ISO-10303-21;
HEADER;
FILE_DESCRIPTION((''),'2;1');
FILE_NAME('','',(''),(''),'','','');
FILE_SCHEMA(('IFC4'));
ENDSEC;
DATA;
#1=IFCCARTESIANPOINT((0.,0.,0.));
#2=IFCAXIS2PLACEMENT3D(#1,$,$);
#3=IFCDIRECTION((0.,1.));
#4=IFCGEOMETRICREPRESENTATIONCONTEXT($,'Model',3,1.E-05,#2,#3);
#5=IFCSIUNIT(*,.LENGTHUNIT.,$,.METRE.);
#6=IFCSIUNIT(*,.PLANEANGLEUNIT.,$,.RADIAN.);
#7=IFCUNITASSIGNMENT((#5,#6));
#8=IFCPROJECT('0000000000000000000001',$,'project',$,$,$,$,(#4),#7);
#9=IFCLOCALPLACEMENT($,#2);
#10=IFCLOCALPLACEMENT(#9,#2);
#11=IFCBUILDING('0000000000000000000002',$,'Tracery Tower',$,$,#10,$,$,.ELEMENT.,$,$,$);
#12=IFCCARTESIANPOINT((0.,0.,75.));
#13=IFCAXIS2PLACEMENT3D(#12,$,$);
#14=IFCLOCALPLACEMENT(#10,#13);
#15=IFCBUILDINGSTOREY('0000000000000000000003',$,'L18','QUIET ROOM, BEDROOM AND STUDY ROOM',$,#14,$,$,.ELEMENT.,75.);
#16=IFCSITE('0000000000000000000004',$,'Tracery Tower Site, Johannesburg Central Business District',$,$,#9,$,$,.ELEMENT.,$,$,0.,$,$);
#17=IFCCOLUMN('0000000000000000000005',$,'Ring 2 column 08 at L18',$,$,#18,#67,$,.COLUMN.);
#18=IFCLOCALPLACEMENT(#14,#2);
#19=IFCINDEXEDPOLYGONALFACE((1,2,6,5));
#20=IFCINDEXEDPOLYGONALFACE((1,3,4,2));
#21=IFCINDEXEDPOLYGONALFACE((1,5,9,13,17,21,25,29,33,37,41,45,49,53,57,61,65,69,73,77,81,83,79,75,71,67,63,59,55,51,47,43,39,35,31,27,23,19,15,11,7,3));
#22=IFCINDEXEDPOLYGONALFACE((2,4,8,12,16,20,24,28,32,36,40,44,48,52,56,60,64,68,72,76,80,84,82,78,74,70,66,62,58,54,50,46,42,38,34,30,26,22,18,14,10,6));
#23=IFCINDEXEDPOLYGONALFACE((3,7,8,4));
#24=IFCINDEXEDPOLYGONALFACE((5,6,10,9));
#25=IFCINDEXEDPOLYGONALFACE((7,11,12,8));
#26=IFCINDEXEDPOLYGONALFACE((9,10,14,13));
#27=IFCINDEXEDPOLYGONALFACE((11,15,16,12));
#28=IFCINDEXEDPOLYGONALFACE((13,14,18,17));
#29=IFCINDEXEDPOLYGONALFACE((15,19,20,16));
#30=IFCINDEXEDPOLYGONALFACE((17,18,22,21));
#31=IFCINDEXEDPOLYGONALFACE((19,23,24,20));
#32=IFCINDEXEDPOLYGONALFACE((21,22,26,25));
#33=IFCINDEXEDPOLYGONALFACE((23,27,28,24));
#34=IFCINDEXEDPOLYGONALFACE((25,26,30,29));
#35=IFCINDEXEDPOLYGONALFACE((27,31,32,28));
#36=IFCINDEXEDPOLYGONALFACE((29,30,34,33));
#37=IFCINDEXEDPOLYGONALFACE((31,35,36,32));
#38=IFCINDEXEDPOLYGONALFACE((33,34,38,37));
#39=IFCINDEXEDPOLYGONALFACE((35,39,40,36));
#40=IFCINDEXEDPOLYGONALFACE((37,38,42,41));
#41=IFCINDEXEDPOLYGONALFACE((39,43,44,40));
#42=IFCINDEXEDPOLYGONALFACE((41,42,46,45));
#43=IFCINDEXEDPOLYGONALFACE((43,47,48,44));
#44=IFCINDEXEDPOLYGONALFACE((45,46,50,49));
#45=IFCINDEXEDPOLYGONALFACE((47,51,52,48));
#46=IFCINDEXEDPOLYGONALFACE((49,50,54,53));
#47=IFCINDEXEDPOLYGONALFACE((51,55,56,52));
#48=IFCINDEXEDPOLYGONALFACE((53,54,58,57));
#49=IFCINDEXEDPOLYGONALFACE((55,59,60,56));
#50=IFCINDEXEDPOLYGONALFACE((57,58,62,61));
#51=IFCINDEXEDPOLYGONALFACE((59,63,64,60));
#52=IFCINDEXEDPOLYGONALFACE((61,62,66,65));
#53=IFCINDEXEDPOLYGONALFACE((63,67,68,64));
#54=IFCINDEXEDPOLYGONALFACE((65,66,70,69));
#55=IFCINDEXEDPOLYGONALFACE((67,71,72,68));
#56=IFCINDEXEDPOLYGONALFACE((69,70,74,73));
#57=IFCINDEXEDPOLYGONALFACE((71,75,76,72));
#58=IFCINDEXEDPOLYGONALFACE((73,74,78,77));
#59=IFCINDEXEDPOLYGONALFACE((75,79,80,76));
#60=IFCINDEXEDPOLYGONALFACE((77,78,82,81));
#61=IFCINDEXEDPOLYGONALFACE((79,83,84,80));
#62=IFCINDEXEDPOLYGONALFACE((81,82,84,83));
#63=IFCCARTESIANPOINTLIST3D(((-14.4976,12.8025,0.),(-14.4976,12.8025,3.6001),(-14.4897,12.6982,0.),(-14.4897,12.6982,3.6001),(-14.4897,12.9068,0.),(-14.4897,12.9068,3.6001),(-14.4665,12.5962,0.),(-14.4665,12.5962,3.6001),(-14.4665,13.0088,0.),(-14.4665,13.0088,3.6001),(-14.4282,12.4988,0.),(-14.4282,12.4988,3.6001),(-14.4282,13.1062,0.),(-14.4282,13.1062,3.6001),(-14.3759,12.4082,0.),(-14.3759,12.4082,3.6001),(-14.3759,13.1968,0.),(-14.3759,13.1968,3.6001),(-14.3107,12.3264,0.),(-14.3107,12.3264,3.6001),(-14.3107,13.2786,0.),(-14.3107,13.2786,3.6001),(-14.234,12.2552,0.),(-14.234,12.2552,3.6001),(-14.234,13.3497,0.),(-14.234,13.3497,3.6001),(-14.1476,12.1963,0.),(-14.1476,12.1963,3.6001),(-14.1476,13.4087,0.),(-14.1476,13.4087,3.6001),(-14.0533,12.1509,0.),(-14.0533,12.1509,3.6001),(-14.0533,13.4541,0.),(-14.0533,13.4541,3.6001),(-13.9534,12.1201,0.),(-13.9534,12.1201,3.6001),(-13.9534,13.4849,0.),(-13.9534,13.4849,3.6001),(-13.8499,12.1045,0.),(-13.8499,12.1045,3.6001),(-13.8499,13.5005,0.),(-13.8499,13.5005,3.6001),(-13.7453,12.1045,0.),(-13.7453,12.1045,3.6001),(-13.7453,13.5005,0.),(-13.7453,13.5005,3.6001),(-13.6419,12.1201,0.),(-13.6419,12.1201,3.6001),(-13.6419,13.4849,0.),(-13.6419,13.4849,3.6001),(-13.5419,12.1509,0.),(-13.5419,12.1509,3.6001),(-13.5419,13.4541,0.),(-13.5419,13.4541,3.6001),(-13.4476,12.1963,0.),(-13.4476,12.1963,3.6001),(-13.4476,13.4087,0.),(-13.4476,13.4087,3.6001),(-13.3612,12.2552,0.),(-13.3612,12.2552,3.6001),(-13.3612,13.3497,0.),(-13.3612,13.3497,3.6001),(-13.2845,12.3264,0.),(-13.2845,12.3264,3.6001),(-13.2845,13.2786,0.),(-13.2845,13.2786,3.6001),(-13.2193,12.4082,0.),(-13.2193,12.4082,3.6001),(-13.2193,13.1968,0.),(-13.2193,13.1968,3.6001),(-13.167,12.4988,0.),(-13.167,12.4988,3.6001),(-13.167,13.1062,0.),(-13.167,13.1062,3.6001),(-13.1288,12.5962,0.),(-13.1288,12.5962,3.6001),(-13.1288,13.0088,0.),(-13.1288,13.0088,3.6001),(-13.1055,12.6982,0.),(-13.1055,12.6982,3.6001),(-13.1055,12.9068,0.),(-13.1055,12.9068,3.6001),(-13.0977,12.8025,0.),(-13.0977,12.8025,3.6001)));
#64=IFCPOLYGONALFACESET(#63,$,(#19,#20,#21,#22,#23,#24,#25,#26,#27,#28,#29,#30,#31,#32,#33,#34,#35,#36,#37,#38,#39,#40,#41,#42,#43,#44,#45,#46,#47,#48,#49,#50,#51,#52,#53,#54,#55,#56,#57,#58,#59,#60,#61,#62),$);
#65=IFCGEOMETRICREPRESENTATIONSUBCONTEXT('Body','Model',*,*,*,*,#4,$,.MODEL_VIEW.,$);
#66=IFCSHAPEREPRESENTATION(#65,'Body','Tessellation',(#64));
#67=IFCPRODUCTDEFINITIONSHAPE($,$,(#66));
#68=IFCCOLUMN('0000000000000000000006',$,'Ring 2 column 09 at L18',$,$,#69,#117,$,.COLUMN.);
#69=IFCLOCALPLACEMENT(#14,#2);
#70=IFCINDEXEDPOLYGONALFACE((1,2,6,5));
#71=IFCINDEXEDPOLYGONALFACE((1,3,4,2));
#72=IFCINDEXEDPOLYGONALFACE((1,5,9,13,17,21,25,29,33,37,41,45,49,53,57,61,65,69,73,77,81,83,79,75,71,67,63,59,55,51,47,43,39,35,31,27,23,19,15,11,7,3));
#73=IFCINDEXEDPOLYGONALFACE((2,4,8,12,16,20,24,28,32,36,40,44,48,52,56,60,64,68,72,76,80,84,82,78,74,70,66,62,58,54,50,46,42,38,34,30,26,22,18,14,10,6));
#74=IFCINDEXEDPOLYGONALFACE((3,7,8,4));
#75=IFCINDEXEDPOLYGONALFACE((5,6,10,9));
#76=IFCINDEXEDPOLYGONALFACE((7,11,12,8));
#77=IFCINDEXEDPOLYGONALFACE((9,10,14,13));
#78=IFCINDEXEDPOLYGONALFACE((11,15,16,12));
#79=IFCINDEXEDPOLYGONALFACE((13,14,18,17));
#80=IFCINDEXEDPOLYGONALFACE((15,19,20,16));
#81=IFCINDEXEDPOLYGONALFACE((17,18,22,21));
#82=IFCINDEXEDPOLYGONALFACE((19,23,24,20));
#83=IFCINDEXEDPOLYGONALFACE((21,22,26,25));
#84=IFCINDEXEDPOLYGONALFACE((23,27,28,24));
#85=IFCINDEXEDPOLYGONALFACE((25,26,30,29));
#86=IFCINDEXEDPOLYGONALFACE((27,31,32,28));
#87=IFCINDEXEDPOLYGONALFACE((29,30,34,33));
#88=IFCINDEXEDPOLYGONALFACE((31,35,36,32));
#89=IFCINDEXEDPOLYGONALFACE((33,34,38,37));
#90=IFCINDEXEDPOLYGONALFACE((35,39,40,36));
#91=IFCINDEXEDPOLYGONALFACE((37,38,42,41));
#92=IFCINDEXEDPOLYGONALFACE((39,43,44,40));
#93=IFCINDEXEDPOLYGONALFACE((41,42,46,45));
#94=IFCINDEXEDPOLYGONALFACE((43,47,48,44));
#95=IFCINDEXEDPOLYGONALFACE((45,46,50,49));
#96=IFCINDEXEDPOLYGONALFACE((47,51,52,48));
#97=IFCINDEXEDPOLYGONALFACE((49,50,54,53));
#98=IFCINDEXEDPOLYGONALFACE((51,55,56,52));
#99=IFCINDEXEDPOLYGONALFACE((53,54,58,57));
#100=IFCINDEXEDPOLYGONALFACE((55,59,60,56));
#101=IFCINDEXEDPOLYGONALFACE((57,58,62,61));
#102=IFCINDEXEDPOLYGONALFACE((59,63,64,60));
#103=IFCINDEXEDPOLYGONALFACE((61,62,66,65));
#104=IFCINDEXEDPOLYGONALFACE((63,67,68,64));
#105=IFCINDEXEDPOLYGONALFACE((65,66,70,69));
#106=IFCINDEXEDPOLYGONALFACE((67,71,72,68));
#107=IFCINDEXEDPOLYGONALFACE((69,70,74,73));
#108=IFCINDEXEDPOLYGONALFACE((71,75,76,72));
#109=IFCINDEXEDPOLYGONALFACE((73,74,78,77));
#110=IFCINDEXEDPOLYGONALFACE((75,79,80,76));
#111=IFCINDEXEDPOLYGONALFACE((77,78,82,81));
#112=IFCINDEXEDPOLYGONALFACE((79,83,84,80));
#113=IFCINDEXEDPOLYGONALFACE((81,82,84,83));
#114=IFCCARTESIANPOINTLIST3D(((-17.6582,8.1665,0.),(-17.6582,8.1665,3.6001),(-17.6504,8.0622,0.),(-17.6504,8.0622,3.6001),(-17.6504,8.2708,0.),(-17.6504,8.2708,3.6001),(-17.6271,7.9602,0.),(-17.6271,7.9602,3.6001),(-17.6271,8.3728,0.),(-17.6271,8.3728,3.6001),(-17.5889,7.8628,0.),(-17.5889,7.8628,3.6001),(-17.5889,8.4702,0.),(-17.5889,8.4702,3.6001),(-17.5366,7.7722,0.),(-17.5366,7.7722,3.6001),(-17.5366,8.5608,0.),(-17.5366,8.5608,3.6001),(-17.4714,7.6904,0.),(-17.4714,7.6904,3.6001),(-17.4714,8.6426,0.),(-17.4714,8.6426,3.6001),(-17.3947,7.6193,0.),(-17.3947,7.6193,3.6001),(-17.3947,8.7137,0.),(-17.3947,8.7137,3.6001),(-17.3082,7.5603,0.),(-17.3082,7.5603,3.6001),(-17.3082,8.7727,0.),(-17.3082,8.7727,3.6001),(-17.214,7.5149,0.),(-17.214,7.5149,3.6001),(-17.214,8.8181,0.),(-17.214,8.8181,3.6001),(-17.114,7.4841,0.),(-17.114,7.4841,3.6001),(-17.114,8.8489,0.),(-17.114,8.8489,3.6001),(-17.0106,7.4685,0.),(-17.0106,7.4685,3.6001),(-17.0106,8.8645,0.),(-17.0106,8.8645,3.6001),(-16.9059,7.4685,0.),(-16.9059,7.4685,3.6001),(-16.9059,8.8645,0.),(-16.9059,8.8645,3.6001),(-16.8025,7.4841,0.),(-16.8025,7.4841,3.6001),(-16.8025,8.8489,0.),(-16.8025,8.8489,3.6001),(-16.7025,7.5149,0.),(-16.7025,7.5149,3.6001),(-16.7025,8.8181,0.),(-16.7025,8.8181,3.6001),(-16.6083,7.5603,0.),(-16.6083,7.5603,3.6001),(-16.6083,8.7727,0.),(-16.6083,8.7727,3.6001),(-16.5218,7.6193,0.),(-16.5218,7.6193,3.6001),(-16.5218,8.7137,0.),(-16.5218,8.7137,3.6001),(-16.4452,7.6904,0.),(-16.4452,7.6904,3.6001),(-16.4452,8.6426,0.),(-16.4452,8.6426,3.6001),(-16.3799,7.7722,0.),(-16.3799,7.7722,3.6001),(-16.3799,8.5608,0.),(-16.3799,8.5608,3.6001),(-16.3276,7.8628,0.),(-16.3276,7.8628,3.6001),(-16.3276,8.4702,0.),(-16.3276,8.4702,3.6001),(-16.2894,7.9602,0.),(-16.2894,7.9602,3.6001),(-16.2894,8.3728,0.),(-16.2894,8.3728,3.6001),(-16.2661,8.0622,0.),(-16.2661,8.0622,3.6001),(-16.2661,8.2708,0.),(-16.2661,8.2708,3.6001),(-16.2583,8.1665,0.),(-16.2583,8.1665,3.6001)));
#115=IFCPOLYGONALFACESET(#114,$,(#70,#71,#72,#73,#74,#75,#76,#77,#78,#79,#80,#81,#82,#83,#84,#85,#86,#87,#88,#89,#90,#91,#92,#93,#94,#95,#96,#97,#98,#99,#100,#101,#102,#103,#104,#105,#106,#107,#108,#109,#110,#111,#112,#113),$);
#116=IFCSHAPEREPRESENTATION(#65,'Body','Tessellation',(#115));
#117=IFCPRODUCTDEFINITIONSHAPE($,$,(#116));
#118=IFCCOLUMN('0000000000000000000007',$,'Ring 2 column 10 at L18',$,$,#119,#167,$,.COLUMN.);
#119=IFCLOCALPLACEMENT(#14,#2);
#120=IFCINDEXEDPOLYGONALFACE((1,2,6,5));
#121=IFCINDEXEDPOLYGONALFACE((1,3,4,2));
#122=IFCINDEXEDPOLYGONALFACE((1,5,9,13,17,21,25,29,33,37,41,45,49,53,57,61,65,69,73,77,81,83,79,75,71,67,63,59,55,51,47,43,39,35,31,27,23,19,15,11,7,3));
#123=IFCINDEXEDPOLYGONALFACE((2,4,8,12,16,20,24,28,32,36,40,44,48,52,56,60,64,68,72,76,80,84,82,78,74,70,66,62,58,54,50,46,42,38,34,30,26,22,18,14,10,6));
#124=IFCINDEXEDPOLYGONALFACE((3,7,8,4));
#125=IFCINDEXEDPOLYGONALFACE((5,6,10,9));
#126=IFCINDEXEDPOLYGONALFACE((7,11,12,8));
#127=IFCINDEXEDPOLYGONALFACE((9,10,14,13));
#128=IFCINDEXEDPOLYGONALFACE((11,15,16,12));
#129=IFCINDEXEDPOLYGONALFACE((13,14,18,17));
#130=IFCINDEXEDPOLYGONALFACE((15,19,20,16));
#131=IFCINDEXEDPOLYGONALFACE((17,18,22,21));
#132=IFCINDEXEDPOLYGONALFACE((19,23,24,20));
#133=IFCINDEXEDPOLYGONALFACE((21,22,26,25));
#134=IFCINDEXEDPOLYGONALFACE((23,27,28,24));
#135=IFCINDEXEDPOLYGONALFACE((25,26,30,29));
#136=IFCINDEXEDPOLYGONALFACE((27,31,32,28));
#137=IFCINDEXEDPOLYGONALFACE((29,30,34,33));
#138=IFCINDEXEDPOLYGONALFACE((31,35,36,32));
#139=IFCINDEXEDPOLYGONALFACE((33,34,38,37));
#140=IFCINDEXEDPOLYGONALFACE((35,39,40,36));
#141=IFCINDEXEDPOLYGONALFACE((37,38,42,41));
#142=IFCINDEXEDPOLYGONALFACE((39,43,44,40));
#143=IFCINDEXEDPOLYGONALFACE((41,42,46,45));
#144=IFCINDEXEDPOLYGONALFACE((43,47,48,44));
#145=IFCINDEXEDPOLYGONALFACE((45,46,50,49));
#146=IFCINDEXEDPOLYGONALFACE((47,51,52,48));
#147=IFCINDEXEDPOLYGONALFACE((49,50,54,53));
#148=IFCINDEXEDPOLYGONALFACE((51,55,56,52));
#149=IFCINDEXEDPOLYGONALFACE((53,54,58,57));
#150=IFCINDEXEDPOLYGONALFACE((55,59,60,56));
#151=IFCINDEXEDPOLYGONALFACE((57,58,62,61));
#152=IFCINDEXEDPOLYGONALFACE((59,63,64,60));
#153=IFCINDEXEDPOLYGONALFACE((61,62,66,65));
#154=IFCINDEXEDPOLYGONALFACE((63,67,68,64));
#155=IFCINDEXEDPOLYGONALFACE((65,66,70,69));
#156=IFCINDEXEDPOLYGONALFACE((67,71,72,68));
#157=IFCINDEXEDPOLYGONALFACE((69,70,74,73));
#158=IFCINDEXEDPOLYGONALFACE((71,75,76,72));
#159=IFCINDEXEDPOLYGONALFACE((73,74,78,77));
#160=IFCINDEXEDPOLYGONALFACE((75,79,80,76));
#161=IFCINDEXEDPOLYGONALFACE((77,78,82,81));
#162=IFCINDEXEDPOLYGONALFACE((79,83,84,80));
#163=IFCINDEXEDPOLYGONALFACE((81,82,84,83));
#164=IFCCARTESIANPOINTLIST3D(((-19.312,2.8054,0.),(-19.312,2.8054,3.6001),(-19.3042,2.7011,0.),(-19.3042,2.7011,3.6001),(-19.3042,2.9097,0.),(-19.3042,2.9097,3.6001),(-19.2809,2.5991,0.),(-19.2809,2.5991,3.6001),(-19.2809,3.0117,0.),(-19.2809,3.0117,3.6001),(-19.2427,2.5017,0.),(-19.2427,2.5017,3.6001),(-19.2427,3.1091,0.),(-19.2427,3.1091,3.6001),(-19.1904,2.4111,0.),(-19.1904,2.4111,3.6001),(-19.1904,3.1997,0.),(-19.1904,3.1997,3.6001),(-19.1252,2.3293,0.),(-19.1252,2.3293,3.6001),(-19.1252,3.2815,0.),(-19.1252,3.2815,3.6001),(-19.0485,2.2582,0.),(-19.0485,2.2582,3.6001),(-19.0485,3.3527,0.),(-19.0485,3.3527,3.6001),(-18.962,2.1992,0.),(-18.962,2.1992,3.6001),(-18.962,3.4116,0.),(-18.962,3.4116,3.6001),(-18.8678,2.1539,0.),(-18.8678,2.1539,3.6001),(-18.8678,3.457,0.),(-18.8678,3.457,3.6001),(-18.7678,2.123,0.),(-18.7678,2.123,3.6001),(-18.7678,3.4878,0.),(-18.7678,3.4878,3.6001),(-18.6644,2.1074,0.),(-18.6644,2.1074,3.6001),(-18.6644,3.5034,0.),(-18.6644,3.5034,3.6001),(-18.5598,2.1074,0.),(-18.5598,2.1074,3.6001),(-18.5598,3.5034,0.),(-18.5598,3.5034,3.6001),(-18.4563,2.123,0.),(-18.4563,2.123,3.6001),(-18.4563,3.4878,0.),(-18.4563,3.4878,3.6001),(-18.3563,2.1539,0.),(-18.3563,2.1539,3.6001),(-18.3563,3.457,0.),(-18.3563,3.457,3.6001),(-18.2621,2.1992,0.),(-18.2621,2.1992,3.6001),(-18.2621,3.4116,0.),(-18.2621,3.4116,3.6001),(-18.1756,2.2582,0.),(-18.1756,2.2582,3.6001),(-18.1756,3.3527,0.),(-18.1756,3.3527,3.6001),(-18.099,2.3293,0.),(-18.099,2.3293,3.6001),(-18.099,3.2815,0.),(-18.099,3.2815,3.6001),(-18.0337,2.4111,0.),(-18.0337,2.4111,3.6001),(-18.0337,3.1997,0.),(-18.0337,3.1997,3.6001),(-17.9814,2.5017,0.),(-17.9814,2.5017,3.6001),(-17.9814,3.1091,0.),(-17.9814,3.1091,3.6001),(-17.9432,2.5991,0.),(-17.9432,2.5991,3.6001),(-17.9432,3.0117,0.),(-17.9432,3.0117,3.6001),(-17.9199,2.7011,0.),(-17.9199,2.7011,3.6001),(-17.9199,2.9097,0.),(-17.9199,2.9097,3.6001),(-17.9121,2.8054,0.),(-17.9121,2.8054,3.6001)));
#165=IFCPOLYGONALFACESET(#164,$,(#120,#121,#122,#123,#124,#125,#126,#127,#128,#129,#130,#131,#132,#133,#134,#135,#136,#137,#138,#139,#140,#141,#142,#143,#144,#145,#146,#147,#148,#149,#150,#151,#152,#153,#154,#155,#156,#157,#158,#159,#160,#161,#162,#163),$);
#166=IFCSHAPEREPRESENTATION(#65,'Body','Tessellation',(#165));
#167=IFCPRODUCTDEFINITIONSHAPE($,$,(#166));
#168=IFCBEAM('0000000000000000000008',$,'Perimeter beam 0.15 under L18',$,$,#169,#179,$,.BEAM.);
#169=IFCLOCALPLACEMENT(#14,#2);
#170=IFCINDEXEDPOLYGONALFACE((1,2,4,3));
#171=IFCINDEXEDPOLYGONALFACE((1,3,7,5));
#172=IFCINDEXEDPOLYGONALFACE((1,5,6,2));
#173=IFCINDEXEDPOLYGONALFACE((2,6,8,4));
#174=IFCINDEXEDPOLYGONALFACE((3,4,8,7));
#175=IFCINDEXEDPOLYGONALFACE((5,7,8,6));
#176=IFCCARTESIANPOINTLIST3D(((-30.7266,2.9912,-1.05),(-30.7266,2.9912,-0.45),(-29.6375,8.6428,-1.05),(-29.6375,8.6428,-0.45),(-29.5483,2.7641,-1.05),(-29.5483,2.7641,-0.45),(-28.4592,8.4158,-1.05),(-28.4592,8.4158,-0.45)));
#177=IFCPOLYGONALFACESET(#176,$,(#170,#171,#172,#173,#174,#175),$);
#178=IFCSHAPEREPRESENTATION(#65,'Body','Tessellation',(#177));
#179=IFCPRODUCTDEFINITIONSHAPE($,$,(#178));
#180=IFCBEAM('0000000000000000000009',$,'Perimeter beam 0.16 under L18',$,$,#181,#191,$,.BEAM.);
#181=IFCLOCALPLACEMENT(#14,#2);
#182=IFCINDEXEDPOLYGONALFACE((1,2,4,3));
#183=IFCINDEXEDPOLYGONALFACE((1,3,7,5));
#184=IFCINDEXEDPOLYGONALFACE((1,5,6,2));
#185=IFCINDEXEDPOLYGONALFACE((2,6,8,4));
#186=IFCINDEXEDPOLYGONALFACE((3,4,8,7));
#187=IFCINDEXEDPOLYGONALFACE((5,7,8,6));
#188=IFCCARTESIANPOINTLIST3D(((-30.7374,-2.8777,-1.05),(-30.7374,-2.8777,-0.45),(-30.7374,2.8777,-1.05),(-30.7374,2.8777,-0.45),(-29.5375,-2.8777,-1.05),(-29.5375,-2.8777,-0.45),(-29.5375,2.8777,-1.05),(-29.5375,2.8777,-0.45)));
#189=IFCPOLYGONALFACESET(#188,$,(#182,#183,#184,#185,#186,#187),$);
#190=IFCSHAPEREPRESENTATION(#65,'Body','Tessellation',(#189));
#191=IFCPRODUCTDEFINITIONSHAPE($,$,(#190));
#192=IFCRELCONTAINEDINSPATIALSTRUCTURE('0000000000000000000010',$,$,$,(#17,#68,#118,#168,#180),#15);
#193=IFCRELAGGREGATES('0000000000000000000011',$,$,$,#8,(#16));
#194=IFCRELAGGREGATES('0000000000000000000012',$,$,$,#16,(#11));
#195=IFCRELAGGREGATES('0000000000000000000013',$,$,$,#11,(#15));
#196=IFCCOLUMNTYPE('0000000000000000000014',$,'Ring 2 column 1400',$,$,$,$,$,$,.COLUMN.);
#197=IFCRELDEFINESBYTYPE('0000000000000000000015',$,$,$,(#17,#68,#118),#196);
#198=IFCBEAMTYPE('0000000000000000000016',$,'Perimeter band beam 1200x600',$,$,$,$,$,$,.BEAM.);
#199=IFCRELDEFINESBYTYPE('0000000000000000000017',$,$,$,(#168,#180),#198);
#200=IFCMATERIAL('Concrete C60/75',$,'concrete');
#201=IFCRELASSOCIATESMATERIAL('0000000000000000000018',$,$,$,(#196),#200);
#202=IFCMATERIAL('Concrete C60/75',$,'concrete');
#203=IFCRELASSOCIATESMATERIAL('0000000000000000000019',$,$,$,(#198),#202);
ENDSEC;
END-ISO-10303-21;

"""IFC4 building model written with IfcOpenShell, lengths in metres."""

from ifc_helpers import new_model, si_unit, direction, frame, origin, origin_2d, place, context, subcontext, project, spatial, rectangle, circle, extrude, material, material_profile, profile_set, type_object, element, save


model = new_model("IFC4")

# Units and contexts
model_context = context("Model", 3, precision=1e-05, world=origin(), true_north=direction((0.0, 1.0)))
body_context = subcontext(model_context, "Body", "Model", "MODEL_VIEW")
ifc_project = project(units=[si_unit("LENGTHUNIT", "METRE"), si_unit("PLANEANGLEUNIT", "RADIAN")], contexts=[model_context])

# Site, building, storey
site_placement = place(None, origin())
site = spatial("IfcSite", under=ifc_project, at=site_placement, Name="Tracery Tower Site, Johannesburg Central Business District", CompositionType="ELEMENT", RefElevation=0.0)
building_placement = place(site_placement, origin())
building = spatial("IfcBuilding", under=site, at=building_placement, Name="Tracery Tower", CompositionType="ELEMENT")
storey_placement = place(building_placement, frame((0.0, 0.0, 75.0)))
storey = spatial("IfcBuildingStorey", under=building, at=storey_placement, Name="L18", Description="QUIET ROOM, BEDROOM AND STUDY ROOM", CompositionType="ELEMENT", Elevation=75.0)

# Columns
ifc_material_1 = material(Name="Concrete C60/75", Category="concrete")
ifc_material_profile_1 = material_profile(ifc_material_1, circle(Radius=0.7, at=origin_2d()), Name="RC D1400")
ifc_profile_set_1 = profile_set([ifc_material_profile_1], Name="Concrete C60/75")
column_type_1 = type_object("IfcColumnType", Name="Ring 2 column 1400", PredefinedType="COLUMN", material=ifc_profile_set_1)
for number, where, z_axis, x_axis, name in (
    (1, (-13.7976, 12.8025, 0.0), (0.0, 0.0, 1.0), (1.0, 0.0, 0.0), "Ring 2 column 08 at L18"),
    (2, (-16.9583, 8.1665, 0.0), (0.0, 0.0, 1.0), (1.0, 0.0, 0.0), "Ring 2 column 09 at L18"),
    (3, (-18.6121, 2.8054, 0.0), (0.0, 0.0, 1.0), (1.0, 0.0, 0.0), "Ring 2 column 10 at L18"),
):
    element("IfcColumn", number, at=place(storey_placement, frame(where, z_axis=z_axis, x_axis=x_axis)), inside=storey, type_object=column_type_1, Name=name, PredefinedType="COLUMN", context=body_context, shape_type="SweptSolid", body=[
        extrude(circle(Radius=0.7, at=origin_2d()), origin(), (0.0, 0.0, 1.0), 3.6001),
    ])

# Beams
ifc_material_2 = material(Name="Concrete C60/75", Category="concrete")
ifc_material_profile_2 = material_profile(ifc_material_2, rectangle(XDim=1.2, YDim=0.6001, at=origin_2d()), Name="RC 1200x600")
ifc_profile_set_2 = profile_set([ifc_material_profile_2], Name="Concrete C60/75")
beam_type = type_object("IfcBeamType", Name="Perimeter band beam 1200x600", PredefinedType="BEAM", material=ifc_profile_set_2)
beam_1_placement = place(storey_placement, frame((-29.0483, 8.5293, -0.75), z_axis=(-0.189227, -0.981933, 0.0), x_axis=(0.981933, -0.189227, 0.0)))
element("IfcBeam", 4, at=beam_1_placement, inside=storey, type_object=beam_type, Name="Perimeter beam 0.15 under L18", PredefinedType="BEAM", context=body_context, shape_type="SweptSolid", body=[
    extrude(rectangle(XDim=1.2, YDim=0.6001, at=origin_2d()), origin(), (0.0, 0.0, 1.0), 5.7556),
])
beam_2_placement = place(storey_placement, frame((-30.1375, 2.8777, -0.75), z_axis=(0.0, -1.0, 0.0), x_axis=(1.0, 0.0, 0.0)))
element("IfcBeam", 5, at=beam_2_placement, inside=storey, type_object=beam_type, Name="Perimeter beam 0.16 under L18", PredefinedType="BEAM", context=body_context, shape_type="SweptSolid", body=[
    extrude(rectangle(XDim=1.2, YDim=0.6001, at=origin_2d()), origin(), (0.0, 0.0, 1.0), 5.7554),
])

save(model, "model.ifc")
